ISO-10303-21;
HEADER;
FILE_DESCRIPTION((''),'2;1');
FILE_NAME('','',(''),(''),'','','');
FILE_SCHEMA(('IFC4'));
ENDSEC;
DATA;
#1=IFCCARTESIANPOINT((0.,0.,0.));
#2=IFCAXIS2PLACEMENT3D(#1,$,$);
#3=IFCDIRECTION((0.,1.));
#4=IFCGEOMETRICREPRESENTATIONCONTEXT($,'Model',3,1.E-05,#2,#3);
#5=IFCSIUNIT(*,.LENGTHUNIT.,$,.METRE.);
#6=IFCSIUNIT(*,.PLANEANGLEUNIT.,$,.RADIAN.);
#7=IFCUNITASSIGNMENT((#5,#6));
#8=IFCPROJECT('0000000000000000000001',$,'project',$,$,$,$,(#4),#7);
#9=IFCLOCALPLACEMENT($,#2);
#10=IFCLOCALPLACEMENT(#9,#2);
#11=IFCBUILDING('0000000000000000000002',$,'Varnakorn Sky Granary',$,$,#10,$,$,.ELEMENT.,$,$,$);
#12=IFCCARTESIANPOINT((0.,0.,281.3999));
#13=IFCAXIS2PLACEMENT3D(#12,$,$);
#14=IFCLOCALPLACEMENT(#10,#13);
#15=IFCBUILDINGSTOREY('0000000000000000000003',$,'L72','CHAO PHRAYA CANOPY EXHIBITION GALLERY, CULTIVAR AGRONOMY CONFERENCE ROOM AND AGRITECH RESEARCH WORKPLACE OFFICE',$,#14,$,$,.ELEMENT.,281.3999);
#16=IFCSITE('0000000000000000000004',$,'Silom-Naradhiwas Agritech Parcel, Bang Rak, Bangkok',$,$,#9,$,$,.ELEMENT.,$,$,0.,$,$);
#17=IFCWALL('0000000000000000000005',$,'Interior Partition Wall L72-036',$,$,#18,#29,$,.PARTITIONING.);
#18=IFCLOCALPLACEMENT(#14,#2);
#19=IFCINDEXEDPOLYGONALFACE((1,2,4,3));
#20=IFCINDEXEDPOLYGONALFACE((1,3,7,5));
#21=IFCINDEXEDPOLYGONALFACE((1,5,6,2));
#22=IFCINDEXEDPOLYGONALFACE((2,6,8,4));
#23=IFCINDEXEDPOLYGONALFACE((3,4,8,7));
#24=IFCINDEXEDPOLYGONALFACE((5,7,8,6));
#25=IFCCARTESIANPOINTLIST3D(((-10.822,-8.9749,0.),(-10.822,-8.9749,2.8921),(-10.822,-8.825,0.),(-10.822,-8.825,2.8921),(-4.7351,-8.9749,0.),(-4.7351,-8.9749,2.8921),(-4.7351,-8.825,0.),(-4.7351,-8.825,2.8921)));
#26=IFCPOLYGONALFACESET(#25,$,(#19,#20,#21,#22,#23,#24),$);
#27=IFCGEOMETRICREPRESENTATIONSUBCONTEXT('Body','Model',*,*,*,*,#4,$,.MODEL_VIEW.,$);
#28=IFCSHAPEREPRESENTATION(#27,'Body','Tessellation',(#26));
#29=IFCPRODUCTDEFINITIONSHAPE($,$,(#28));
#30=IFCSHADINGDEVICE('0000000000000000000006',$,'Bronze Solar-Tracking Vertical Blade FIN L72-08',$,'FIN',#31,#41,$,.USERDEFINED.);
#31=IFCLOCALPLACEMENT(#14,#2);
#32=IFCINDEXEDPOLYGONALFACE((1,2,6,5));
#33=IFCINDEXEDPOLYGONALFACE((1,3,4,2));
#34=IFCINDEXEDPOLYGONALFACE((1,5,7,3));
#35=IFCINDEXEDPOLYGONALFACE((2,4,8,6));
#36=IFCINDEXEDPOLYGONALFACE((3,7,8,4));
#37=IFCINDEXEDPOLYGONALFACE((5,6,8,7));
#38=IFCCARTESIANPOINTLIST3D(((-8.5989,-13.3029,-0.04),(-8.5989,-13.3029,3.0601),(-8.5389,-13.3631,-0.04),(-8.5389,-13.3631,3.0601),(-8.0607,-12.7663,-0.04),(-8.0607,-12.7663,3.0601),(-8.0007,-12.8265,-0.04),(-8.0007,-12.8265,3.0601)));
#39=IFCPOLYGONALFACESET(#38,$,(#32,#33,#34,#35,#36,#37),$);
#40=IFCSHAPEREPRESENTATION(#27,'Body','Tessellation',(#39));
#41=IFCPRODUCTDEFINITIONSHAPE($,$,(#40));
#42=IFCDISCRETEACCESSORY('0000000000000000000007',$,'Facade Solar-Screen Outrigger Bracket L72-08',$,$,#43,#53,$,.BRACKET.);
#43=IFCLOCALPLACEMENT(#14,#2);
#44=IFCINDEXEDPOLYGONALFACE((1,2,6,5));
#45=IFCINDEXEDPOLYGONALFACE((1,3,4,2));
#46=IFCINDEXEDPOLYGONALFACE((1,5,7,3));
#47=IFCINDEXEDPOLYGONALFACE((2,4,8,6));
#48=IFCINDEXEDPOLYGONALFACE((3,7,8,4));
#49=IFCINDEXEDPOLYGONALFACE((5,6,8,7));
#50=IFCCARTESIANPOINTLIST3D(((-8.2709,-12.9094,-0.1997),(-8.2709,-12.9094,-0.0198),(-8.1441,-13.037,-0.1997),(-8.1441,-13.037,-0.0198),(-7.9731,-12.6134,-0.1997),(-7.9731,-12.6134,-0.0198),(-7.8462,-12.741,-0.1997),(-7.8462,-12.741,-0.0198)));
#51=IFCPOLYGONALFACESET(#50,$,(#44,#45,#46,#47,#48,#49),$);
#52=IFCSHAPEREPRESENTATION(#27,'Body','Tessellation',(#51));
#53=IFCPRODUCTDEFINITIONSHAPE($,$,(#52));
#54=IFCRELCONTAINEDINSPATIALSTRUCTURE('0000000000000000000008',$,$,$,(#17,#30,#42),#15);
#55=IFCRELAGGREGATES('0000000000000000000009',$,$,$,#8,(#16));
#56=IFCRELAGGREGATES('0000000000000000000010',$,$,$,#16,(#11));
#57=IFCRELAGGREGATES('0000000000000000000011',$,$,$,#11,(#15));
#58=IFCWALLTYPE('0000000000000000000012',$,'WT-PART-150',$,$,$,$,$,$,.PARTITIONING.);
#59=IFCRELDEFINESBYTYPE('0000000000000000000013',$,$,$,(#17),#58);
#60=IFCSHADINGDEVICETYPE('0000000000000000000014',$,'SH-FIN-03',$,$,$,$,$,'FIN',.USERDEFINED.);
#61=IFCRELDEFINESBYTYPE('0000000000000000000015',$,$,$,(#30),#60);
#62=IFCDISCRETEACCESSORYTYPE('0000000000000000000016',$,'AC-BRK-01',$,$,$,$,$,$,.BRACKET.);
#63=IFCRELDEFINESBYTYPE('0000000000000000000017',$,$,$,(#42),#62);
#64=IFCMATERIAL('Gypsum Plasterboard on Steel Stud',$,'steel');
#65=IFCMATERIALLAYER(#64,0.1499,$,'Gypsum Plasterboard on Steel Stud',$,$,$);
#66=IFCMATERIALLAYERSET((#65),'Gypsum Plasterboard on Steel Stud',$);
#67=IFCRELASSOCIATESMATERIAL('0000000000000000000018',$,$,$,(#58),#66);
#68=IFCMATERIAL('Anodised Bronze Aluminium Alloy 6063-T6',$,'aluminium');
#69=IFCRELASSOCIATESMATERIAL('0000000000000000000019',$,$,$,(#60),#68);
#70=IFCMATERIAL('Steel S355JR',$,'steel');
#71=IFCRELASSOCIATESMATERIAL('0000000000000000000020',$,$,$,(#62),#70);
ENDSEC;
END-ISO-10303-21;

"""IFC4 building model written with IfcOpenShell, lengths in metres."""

from ifc_helpers import new_model, si_unit, direction, frame, frame_2d, origin, origin_2d, place, context, subcontext, project, spatial, rectangle, extrude, source, transform, mapped, material, layer, layer_set, type_object, type_shapes, element, save


model = new_model("IFC4")

# Units and contexts
model_context = context("Model", 3, precision=1e-05, world=origin(), true_north=direction((0.0, 1.0)))
body_context = subcontext(model_context, "Body", "Model", "MODEL_VIEW")
ifc_project = project(units=[si_unit("LENGTHUNIT", "METRE"), si_unit("PLANEANGLEUNIT", "RADIAN")], contexts=[model_context])

# Site, building, storey
site_placement = place(None, origin())
site = spatial("IfcSite", under=ifc_project, at=site_placement, Name="Silom-Naradhiwas Agritech Parcel, Bang Rak, Bangkok", CompositionType="ELEMENT", RefElevation=0.0)
building_placement = place(site_placement, origin())
building = spatial("IfcBuilding", under=site, at=building_placement, Name="Varnakorn Sky Granary", CompositionType="ELEMENT")
storey_placement = place(building_placement, frame((0.0, 0.0, 281.3999)))
storey = spatial("IfcBuildingStorey", under=building, at=storey_placement, Name="L72", Description="CHAO PHRAYA CANOPY EXHIBITION GALLERY, CULTIVAR AGRONOMY CONFERENCE ROOM AND AGRITECH RESEARCH WORKPLACE OFFICE", CompositionType="ELEMENT", Elevation=281.3999)

# Shared definitions
ifc_material_1 = material(Name="Steel S355JR", Category="steel")

# Shared definitions
ifc_material_2 = material(Name="Anodised Bronze Aluminium Alloy 6063-T6", Category="aluminium")

# Wall
ifc_material_3 = material(Name="Gypsum Plasterboard on Steel Stud", Category="steel")
ifc_layer_1 = layer(ifc_material_3, 0.1499, Name="Gypsum Plasterboard on Steel Stud")
ifc_layer_set_1 = layer_set([ifc_layer_1], Name="Gypsum Plasterboard on Steel Stud")
wall_type = type_object("IfcWallType", Name="WT-PART-150", PredefinedType="PARTITIONING", material=ifc_layer_set_1)
wall_placement = place(storey_placement, frame((-10.822, -8.8999, 0.0), z_axis=(0.0, 0.0, 1.0), x_axis=(1.0, 0.0, 0.0)))
element("IfcWall", 1, at=wall_placement, inside=storey, type_object=wall_type, Name="Interior Partition Wall L72-036", PredefinedType="PARTITIONING", context=body_context, shape_type="SweptSolid", body=[
    extrude(rectangle(XDim=6.0869, YDim=0.1499, at=frame_2d((3.0435, 0.0))), origin(), (0.0, 0.0, 1.0), 2.8921),
])

# Shading device
shading_device_type = type_object("IfcShadingDeviceType", Name="SH-FIN-03", ElementType="FIN", PredefinedType="USERDEFINED", material=ifc_material_2)
shared_shape_1 = source(origin(), body_context, "Body", "SweptSolid", [
    extrude(rectangle(XDim=0.085, YDim=0.76, at=origin_2d()), origin(), (0.0, 0.0, 1.0), 3.1001),
])
type_shapes(shading_device_type, [shared_shape_1])
shading_device_placement = place(storey_placement, frame((-8.2998, -13.0647, -0.04), z_axis=(0.0, 0.0, 1.0), x_axis=(0.706095, -0.708117, 0.0)))
element("IfcShadingDevice", 2, at=shading_device_placement, inside=storey, type_object=shading_device_type, Name="Bronze Solar-Tracking Vertical Blade FIN L72-08", ObjectType="FIN", PredefinedType="USERDEFINED", context=body_context, shape_type="MappedRepresentation", body=[
    mapped(shared_shape_1, transform((0.0, 0.0, 0.0), x_axis=(1.0, 0.0, 0.0), y_axis=(0.0, 1.0, 0.0), z_axis=(0.0, 0.0, 1.0), scale=1.0)),
])

# Discrete accessory
discrete_accessory_type = type_object("IfcDiscreteAccessoryType", Name="AC-BRK-01", PredefinedType="BRACKET", material=ifc_material_1)
shared_shape_2 = source(origin(), body_context, "Body", "SweptSolid", [
    extrude(rectangle(XDim=0.1799, YDim=0.4199, at=origin_2d()), origin(), (0.0, 0.0, 1.0), 0.1799),
])
type_shapes(discrete_accessory_type, [shared_shape_2])
discrete_accessory_placement = place(storey_placement, frame((-8.0586, -12.8252, -0.1997), z_axis=(0.0, 0.0, 1.0), x_axis=(0.704813, -0.709393, 0.0)))
element("IfcDiscreteAccessory", 3, at=discrete_accessory_placement, inside=storey, type_object=discrete_accessory_type, Name="Facade Solar-Screen Outrigger Bracket L72-08", PredefinedType="BRACKET", context=body_context, shape_type="MappedRepresentation", body=[
    mapped(shared_shape_2, transform((0.0, 0.0, 0.0), x_axis=(1.0, 0.0, 0.0), y_axis=(0.0, 1.0, 0.0), z_axis=(0.0, 0.0, 1.0), scale=1.0)),
])

save(model, "model.ifc")
